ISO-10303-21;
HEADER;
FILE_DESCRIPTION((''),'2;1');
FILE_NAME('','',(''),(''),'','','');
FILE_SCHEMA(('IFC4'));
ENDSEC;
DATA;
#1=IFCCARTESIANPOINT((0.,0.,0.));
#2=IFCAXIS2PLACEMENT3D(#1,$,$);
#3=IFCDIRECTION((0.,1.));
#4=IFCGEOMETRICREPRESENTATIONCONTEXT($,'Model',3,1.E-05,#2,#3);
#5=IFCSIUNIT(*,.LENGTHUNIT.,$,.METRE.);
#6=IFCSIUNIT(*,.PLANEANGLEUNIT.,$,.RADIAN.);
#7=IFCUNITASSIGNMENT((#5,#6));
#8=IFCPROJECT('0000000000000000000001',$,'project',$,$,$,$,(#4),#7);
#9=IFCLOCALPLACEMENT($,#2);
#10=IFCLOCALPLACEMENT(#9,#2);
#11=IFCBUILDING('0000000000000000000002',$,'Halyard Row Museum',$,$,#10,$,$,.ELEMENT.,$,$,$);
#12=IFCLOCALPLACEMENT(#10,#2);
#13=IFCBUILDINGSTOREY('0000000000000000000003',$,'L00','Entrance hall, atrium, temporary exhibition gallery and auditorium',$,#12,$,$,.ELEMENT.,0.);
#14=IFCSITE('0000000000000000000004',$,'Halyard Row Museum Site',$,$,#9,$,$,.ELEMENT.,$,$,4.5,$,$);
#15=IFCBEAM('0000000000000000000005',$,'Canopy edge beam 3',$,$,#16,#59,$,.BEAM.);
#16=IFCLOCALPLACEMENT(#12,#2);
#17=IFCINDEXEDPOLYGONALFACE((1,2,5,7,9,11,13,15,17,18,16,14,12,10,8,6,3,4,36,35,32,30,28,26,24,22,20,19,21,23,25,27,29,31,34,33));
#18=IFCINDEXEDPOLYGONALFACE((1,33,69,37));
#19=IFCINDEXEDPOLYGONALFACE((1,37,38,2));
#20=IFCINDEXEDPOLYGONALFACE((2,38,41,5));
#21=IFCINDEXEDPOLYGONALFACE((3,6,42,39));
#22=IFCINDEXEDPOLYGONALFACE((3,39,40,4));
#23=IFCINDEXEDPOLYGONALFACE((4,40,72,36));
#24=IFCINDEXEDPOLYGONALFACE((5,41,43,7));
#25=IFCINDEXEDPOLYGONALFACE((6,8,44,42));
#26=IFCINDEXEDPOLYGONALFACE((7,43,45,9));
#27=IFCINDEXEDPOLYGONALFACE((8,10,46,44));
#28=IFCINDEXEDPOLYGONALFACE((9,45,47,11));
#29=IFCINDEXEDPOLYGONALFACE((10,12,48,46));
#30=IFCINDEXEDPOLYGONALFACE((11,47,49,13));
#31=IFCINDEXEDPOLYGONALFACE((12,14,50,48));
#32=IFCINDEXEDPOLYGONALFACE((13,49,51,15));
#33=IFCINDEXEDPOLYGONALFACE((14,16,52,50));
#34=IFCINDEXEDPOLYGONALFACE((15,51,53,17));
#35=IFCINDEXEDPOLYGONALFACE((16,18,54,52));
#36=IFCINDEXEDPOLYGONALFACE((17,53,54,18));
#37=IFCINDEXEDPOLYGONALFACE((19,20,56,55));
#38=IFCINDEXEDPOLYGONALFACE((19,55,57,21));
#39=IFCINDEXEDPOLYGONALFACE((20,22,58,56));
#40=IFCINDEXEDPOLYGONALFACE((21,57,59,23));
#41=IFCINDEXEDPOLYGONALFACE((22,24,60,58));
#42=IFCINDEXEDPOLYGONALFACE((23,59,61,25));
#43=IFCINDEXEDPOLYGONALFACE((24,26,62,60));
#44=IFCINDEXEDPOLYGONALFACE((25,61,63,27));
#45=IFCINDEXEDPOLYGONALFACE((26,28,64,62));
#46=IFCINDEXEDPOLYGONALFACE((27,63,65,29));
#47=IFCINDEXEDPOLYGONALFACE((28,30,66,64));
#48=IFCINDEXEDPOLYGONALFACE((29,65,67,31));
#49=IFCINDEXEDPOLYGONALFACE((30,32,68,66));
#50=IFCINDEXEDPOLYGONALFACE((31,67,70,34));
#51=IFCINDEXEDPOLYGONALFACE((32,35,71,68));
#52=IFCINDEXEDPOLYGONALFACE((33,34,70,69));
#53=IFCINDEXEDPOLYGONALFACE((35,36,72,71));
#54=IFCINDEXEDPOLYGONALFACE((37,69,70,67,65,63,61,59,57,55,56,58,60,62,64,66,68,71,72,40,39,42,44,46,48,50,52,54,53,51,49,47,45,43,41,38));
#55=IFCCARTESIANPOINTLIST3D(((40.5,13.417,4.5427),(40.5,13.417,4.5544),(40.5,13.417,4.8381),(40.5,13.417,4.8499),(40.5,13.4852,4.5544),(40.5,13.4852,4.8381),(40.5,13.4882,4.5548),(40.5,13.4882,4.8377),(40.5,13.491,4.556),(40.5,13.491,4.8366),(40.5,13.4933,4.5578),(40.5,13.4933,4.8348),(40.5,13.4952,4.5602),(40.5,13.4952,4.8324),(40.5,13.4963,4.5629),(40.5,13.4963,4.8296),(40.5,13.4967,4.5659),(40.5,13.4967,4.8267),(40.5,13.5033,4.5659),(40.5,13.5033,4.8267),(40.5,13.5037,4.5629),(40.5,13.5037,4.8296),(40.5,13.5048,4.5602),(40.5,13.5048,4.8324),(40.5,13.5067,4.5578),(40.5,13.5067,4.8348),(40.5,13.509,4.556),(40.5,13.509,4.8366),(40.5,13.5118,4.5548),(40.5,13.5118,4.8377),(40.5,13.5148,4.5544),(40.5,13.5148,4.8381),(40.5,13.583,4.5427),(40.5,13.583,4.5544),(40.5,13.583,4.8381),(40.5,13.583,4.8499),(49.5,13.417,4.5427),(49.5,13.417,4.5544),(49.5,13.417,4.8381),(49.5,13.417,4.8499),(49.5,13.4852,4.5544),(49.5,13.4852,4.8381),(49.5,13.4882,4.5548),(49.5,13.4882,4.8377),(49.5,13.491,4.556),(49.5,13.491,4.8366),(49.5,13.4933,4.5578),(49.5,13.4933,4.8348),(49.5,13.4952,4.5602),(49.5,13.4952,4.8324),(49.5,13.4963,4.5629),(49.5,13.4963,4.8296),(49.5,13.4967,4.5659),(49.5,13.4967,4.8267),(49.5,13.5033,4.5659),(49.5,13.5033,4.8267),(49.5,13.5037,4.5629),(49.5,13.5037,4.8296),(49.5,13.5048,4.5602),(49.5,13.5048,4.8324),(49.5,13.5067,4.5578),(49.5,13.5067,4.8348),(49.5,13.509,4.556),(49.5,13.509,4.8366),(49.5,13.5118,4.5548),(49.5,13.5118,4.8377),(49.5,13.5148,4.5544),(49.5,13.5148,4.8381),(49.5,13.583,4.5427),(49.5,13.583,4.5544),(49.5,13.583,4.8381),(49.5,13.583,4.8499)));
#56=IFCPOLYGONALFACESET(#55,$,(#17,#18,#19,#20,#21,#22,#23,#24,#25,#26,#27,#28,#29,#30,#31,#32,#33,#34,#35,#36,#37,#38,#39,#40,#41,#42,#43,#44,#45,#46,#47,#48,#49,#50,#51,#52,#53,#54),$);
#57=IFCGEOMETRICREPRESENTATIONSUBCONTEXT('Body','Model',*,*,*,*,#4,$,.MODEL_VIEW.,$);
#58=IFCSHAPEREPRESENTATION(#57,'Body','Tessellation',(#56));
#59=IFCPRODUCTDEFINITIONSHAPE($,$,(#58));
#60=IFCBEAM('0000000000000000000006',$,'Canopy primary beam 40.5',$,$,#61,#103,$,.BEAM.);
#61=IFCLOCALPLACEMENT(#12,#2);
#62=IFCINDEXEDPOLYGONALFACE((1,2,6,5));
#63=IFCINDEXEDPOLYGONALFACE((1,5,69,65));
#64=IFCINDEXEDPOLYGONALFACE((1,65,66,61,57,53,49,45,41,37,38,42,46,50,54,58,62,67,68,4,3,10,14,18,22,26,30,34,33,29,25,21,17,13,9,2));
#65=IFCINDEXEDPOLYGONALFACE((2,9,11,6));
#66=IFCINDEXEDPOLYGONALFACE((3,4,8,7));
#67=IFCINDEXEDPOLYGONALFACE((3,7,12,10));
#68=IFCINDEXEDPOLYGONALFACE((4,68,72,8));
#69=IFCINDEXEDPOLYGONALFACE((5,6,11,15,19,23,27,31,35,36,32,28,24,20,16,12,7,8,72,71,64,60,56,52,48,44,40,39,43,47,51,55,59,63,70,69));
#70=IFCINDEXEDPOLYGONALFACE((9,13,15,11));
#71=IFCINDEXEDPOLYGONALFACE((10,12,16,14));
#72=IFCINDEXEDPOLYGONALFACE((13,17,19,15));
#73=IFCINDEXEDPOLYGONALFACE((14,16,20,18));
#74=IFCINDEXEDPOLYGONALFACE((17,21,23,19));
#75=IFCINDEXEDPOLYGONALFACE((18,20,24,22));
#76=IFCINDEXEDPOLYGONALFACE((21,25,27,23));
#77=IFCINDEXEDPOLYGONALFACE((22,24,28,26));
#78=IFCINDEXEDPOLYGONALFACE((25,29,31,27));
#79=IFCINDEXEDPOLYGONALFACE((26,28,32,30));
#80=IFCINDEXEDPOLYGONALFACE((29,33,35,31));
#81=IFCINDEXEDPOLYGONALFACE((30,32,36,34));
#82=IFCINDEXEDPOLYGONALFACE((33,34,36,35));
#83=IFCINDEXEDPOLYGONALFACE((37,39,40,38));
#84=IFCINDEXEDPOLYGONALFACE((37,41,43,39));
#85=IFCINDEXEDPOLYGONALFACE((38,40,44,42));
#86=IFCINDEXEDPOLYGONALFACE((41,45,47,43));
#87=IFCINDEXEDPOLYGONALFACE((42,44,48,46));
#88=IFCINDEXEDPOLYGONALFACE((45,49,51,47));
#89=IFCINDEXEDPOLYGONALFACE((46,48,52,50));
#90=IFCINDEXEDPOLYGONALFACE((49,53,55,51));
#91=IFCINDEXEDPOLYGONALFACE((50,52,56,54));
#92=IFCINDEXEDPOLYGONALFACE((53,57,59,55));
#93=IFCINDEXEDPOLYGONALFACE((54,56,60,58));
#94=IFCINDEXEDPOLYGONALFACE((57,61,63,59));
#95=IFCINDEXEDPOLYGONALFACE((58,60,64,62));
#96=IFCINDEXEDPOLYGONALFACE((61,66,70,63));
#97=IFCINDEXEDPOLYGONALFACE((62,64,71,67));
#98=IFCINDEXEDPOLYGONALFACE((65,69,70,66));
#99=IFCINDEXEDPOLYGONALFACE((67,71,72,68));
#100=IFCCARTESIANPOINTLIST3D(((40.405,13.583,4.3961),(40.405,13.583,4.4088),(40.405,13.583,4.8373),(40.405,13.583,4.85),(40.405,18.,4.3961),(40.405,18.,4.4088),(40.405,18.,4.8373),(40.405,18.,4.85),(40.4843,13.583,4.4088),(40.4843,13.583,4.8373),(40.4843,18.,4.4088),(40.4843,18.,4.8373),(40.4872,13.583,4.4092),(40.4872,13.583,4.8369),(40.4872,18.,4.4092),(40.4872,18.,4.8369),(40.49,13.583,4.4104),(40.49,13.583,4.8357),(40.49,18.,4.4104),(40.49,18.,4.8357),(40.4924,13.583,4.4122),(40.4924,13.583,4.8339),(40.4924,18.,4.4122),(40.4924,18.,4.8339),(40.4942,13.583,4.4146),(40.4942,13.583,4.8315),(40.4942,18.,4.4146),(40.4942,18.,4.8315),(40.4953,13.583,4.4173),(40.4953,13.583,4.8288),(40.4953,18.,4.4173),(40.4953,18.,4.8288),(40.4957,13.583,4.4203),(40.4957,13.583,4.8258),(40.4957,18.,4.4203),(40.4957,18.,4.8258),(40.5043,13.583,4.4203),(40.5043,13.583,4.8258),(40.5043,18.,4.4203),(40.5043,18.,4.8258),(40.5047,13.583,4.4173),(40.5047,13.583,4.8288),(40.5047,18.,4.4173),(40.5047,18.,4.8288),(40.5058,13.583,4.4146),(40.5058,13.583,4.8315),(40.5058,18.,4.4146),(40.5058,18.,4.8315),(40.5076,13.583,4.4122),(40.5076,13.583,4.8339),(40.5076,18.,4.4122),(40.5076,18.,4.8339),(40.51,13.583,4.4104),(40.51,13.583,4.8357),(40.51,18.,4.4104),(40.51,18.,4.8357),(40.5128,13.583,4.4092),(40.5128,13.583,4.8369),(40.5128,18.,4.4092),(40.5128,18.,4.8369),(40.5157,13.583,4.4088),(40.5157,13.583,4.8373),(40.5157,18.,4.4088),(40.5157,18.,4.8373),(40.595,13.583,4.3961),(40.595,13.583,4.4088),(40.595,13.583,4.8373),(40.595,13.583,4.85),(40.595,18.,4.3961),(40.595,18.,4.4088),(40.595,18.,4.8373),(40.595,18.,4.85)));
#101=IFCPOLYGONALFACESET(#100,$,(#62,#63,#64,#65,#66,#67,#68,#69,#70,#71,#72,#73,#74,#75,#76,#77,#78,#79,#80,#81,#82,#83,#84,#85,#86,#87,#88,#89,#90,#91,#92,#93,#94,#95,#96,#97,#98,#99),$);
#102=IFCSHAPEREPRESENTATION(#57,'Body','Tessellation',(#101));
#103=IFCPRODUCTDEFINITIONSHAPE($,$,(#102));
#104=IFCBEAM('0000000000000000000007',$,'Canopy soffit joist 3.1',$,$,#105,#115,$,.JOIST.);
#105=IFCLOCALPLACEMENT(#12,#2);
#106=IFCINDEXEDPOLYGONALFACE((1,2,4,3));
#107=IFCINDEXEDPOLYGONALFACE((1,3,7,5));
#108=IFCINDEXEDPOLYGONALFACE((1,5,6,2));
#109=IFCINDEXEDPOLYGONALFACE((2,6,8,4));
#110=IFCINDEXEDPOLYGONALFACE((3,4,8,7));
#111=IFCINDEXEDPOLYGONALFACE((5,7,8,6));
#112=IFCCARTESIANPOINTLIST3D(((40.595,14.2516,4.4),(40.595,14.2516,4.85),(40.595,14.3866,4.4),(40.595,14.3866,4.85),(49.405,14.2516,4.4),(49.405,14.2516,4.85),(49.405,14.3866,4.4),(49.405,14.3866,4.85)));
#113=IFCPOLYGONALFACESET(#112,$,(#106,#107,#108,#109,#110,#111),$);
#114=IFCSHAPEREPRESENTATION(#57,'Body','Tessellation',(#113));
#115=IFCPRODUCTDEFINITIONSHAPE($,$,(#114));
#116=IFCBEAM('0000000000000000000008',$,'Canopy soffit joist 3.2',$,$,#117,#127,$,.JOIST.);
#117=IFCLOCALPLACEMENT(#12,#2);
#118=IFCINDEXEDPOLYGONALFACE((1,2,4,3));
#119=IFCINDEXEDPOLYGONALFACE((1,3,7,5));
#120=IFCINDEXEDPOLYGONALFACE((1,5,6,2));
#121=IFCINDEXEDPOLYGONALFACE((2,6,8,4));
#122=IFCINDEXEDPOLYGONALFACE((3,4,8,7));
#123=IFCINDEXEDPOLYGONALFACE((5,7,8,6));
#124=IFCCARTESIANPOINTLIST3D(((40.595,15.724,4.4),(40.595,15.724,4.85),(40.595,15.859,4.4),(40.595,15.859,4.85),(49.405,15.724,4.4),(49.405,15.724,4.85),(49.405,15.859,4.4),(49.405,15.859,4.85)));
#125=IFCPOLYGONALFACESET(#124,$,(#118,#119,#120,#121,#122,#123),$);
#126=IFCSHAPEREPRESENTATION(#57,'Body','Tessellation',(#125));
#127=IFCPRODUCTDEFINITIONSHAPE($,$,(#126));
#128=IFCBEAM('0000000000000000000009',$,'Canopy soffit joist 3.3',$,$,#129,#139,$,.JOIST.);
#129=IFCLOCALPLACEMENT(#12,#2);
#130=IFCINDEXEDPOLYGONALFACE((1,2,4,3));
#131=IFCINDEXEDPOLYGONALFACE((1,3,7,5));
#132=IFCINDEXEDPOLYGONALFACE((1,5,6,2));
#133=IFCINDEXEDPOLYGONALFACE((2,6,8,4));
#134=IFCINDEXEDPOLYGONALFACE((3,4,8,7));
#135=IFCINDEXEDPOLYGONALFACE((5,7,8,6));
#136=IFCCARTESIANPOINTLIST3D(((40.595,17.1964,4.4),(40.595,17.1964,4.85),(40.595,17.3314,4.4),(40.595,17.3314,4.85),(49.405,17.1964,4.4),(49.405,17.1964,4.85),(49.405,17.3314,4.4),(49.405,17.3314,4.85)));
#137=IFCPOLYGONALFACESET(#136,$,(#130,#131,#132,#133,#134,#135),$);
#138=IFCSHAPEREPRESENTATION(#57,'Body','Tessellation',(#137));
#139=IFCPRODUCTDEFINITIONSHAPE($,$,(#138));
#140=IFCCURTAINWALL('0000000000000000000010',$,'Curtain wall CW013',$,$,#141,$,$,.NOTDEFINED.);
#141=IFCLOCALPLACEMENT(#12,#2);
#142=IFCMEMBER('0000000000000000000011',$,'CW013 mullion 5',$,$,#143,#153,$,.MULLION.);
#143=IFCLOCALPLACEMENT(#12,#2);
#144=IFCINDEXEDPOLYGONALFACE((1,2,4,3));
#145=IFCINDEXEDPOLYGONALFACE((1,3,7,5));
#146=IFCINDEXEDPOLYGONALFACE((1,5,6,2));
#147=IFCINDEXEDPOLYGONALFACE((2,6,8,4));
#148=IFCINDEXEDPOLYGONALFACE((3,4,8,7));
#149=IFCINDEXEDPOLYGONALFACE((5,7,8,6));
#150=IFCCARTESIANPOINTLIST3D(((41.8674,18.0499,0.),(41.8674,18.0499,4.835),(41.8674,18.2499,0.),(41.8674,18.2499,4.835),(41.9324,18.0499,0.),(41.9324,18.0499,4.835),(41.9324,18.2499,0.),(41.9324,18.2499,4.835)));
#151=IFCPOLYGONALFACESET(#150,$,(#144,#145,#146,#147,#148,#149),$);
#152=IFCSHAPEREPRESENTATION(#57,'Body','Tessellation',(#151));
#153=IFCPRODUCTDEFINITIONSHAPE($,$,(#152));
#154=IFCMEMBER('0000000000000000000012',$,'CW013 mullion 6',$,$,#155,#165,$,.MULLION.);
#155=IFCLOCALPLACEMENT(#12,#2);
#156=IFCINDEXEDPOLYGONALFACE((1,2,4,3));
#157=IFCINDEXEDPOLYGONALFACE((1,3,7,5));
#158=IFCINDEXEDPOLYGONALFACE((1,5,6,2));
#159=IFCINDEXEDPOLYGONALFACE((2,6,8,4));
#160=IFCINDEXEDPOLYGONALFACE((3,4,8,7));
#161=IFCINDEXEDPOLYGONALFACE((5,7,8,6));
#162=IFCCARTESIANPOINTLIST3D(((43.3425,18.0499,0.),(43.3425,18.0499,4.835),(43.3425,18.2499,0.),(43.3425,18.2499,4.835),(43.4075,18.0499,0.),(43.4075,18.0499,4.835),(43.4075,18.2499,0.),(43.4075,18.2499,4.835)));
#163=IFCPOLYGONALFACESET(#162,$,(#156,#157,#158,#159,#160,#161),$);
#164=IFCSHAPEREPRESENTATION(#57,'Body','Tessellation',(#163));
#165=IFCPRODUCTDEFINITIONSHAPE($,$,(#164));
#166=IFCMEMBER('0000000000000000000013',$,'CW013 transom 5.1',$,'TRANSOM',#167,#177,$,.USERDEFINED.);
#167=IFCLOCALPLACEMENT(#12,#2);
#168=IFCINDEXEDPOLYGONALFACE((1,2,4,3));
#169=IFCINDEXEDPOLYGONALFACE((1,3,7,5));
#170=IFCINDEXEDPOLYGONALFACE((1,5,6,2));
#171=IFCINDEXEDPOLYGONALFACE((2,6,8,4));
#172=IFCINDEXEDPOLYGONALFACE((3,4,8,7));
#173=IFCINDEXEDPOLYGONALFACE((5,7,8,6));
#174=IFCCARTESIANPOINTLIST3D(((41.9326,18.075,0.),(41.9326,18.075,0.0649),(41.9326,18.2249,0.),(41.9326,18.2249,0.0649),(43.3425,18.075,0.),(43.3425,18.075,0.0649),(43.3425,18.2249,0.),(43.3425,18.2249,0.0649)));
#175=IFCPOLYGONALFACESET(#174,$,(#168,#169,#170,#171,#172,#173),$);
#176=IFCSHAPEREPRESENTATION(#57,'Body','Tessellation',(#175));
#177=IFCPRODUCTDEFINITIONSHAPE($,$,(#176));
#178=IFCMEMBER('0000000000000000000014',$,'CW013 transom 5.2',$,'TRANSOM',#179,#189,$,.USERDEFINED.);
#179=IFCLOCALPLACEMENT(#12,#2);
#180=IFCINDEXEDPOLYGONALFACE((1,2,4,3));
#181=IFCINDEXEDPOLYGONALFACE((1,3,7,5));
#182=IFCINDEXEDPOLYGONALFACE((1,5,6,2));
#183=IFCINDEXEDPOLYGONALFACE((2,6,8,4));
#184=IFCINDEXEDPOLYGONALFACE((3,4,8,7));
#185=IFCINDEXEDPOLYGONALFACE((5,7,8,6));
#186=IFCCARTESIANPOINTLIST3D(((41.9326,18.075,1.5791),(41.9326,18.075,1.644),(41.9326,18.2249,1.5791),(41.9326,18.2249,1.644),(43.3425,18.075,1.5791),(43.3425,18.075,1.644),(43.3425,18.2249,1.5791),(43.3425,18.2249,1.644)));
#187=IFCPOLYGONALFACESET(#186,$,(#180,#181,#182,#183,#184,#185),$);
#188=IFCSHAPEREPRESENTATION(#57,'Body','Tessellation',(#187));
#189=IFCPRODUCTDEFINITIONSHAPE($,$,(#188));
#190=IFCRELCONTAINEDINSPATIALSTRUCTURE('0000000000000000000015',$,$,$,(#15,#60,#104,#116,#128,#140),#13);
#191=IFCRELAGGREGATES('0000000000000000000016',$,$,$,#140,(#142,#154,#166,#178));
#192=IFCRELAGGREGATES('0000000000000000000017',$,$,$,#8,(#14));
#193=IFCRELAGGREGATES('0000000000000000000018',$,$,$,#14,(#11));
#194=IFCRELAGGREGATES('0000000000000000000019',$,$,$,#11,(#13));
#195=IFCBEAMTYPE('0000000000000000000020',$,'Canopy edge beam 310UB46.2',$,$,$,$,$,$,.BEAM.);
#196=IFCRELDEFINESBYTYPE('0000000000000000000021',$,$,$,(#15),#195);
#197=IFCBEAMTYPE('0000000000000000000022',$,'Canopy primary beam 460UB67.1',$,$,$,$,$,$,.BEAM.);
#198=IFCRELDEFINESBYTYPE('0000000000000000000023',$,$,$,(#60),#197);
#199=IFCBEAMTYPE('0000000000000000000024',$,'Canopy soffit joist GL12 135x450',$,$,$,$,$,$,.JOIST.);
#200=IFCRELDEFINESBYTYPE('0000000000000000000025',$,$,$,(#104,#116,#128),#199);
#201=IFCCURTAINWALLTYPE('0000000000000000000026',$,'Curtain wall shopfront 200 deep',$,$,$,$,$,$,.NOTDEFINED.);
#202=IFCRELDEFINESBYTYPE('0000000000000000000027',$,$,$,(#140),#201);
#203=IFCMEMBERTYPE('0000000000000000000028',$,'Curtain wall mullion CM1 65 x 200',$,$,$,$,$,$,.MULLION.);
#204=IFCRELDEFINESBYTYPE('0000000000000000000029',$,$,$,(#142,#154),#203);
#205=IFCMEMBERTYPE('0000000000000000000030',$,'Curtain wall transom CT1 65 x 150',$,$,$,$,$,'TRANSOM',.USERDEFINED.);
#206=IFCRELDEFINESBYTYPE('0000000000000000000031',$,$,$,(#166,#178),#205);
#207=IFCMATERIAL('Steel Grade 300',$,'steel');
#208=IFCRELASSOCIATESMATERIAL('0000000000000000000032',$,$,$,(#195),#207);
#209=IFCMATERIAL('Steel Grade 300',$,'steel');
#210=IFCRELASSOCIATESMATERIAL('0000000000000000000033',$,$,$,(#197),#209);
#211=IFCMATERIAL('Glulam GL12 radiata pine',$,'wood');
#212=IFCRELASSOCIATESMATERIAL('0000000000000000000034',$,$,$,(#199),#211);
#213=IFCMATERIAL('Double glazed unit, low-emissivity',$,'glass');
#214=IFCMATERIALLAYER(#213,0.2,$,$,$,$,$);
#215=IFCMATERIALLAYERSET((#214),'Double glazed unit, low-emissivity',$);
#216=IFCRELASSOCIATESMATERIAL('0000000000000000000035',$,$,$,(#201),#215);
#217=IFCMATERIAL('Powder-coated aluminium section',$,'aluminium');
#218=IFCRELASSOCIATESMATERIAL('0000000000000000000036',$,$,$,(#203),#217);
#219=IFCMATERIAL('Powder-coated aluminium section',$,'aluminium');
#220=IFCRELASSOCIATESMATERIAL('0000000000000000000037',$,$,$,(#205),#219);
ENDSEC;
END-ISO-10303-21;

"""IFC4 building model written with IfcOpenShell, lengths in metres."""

from ifc_helpers import new_model, si_unit, direction, frame, origin, origin_2d, place, context, subcontext, project, spatial, rectangle, i_section, extrude, material, layer, layer_set, material_profile, profile_set, type_object, element, aggregate, save


model = new_model("IFC4")

# Units and contexts
model_context = context("Model", 3, precision=1e-05, world=origin(), true_north=direction((0.0, 1.0)))
body_context = subcontext(model_context, "Body", "Model", "MODEL_VIEW")
ifc_project = project(units=[si_unit("LENGTHUNIT", "METRE"), si_unit("PLANEANGLEUNIT", "RADIAN")], contexts=[model_context])

# Site, building, storey
site_placement = place(None, origin())
site = spatial("IfcSite", under=ifc_project, at=site_placement, Name="Halyard Row Museum Site", CompositionType="ELEMENT", RefElevation=4.5)
building_placement = place(site_placement, origin())
building = spatial("IfcBuilding", under=site, at=building_placement, Name="Halyard Row Museum", CompositionType="ELEMENT")
storey_placement = place(building_placement, origin())
storey = spatial("IfcBuildingStorey", under=building, at=storey_placement, Name="L00", Description="Entrance hall, atrium, temporary exhibition gallery and auditorium", CompositionType="ELEMENT", Elevation=0.0)

# Beams
ifc_material_1 = material(Name="Steel Grade 300", Category="steel")
ifc_material_profile_1 = material_profile(ifc_material_1, i_section(OverallWidth=0.166, OverallDepth=0.3071, WebThickness=0.0066, FlangeThickness=0.0117, FilletRadius=0.0115, at=origin_2d()), Name="310UB46.2")
ifc_profile_set_1 = profile_set([ifc_material_profile_1], Name="Steel Grade 300")
beam_type_1 = type_object("IfcBeamType", Name="Canopy edge beam 310UB46.2", PredefinedType="BEAM", material=ifc_profile_set_1)
beam_1_placement = place(storey_placement, frame((40.5, 13.5, 4.6963), z_axis=(1.0, 0.0, 0.0), x_axis=(0.0, 1.0, 0.0)))
element("IfcBeam", 1, at=beam_1_placement, inside=storey, type_object=beam_type_1, Name="Canopy edge beam 3", PredefinedType="BEAM", context=body_context, shape_type="SweptSolid", body=[
    extrude(i_section(OverallWidth=0.166, OverallDepth=0.3071, WebThickness=0.0066, FlangeThickness=0.0117, FilletRadius=0.0115, at=origin_2d()), origin(), (0.0, 0.0, 1.0), 9.0),
])
ifc_material_2 = material(Name="Steel Grade 300", Category="steel")
ifc_material_profile_2 = material_profile(ifc_material_2, i_section(OverallWidth=0.1899, OverallDepth=0.4539, WebThickness=0.0085, FlangeThickness=0.0127, FilletRadius=0.0115, at=origin_2d()), Name="460UB67.1")
ifc_profile_set_2 = profile_set([ifc_material_profile_2], Name="Steel Grade 300")
beam_type_2 = type_object("IfcBeamType", Name="Canopy primary beam 460UB67.1", PredefinedType="BEAM", material=ifc_profile_set_2)
beam_2_placement = place(storey_placement, frame((40.5, 13.583, 4.623), z_axis=(0.0, 1.0, 0.0), x_axis=(-1.0, 0.0, 0.0)))
element("IfcBeam", 2, at=beam_2_placement, inside=storey, type_object=beam_type_2, Name="Canopy primary beam 40.5", PredefinedType="BEAM", context=body_context, shape_type="SweptSolid", body=[
    extrude(i_section(OverallWidth=0.1899, OverallDepth=0.4539, WebThickness=0.0085, FlangeThickness=0.0127, FilletRadius=0.0115, at=origin_2d()), origin(), (0.0, 0.0, 1.0), 4.417),
])
ifc_material_3 = material(Name="Glulam GL12 radiata pine", Category="wood")
ifc_material_profile_3 = material_profile(ifc_material_3, rectangle(XDim=0.135, YDim=0.45, at=origin_2d()), Name="GL12 135x450")
ifc_profile_set_3 = profile_set([ifc_material_profile_3], Name="Glulam GL12 radiata pine")
beam_type_3 = type_object("IfcBeamType", Name="Canopy soffit joist GL12 135x450", PredefinedType="JOIST", material=ifc_profile_set_3)
for number, where, z_axis, x_axis, name in (
    (3, (40.595, 14.3191, 4.625), (1.0, 0.0, 0.0), (0.0, 1.0, 0.0), "Canopy soffit joist 3.1"),
    (4, (40.595, 15.7915, 4.625), (1.0, 0.0, 0.0), (0.0, 1.0, 0.0), "Canopy soffit joist 3.2"),
    (5, (40.595, 17.2639, 4.625), (1.0, 0.0, 0.0), (0.0, 1.0, 0.0), "Canopy soffit joist 3.3"),
):
    element("IfcBeam", number, at=place(storey_placement, frame(where, z_axis=z_axis, x_axis=x_axis)), inside=storey, type_object=beam_type_3, Name=name, PredefinedType="JOIST", context=body_context, shape_type="SweptSolid", body=[
        extrude(rectangle(XDim=0.135, YDim=0.45, at=origin_2d()), origin(), (0.0, 0.0, 1.0), 8.8101),
    ])

# Curtain wall, members
ifc_material_4 = material(Name="Double glazed unit, low-emissivity", Category="glass")
ifc_layer_1 = layer(ifc_material_4, 0.2)
ifc_layer_set_1 = layer_set([ifc_layer_1], Name="Double glazed unit, low-emissivity")
curtain_wall_type = type_object("IfcCurtainWallType", Name="Curtain wall shopfront 200 deep", PredefinedType="NOTDEFINED", material=ifc_layer_set_1)
curtain_wall_placement = place(storey_placement, origin())
curtain_wall = element("IfcCurtainWall", 6, at=curtain_wall_placement, inside=storey, type_object=curtain_wall_type, Name="Curtain wall CW013", PredefinedType="NOTDEFINED")
ifc_material_5 = material(Name="Powder-coated aluminium section", Category="aluminium")
ifc_material_profile_4 = material_profile(ifc_material_5, rectangle(XDim=0.2, YDim=0.0649, at=origin_2d()), Name="200x65 mullion")
ifc_profile_set_4 = profile_set([ifc_material_profile_4], Name="Powder-coated aluminium section")
member_type_1 = type_object("IfcMemberType", Name="Curtain wall mullion CM1 65 x 200", PredefinedType="MULLION", material=ifc_profile_set_4)
member_1_placement = place(storey_placement, frame((41.8999, 18.1499, 0.0), z_axis=(0.0, 0.0, 1.0), x_axis=(0.0, 1.0, 0.0)))
member_1 = element("IfcMember", 7, at=member_1_placement, type_object=member_type_1, Name="CW013 mullion 5", PredefinedType="MULLION", context=body_context, shape_type="SweptSolid", body=[
    extrude(rectangle(XDim=0.2, YDim=0.0649, at=origin_2d()), origin(), (0.0, 0.0, 1.0), 4.835),
])
member_2_placement = place(storey_placement, frame((43.375, 18.1499, 0.0), z_axis=(0.0, 0.0, 1.0), x_axis=(0.0, 1.0, 0.0)))
member_2 = element("IfcMember", 8, at=member_2_placement, type_object=member_type_1, Name="CW013 mullion 6", PredefinedType="MULLION", context=body_context, shape_type="SweptSolid", body=[
    extrude(rectangle(XDim=0.2, YDim=0.0649, at=origin_2d()), origin(), (0.0, 0.0, 1.0), 4.835),
])
ifc_material_6 = material(Name="Powder-coated aluminium section", Category="aluminium")
ifc_material_profile_5 = material_profile(ifc_material_6, rectangle(XDim=0.1499, YDim=0.0649, at=origin_2d()), Name="150x65 transom")
ifc_profile_set_5 = profile_set([ifc_material_profile_5], Name="Powder-coated aluminium section")
member_type_2 = type_object("IfcMemberType", Name="Curtain wall transom CT1 65 x 150", ElementType="TRANSOM", PredefinedType="USERDEFINED", material=ifc_profile_set_5)
member_3_placement = place(storey_placement, frame((41.9326, 18.1499, 0.0325), z_axis=(1.0, 0.0, 0.0), x_axis=(0.0, 1.0, 0.0)))
member_3 = element("IfcMember", 9, at=member_3_placement, type_object=member_type_2, Name="CW013 transom 5.1", ObjectType="TRANSOM", PredefinedType="USERDEFINED", context=body_context, shape_type="SweptSolid", body=[
    extrude(rectangle(XDim=0.1499, YDim=0.0649, at=origin_2d()), origin(), (0.0, 0.0, 1.0), 1.4099),
])
member_4_placement = place(storey_placement, frame((41.9326, 18.1499, 1.6116), z_axis=(1.0, 0.0, 0.0), x_axis=(0.0, 1.0, 0.0)))
member_4 = element("IfcMember", 10, at=member_4_placement, type_object=member_type_2, Name="CW013 transom 5.2", ObjectType="TRANSOM", PredefinedType="USERDEFINED", context=body_context, shape_type="SweptSolid", body=[
    extrude(rectangle(XDim=0.1499, YDim=0.0649, at=origin_2d()), origin(), (0.0, 0.0, 1.0), 1.4099),
])

aggregate(curtain_wall, [member_1, member_2, member_3, member_4])

save(model, "model.ifc")
